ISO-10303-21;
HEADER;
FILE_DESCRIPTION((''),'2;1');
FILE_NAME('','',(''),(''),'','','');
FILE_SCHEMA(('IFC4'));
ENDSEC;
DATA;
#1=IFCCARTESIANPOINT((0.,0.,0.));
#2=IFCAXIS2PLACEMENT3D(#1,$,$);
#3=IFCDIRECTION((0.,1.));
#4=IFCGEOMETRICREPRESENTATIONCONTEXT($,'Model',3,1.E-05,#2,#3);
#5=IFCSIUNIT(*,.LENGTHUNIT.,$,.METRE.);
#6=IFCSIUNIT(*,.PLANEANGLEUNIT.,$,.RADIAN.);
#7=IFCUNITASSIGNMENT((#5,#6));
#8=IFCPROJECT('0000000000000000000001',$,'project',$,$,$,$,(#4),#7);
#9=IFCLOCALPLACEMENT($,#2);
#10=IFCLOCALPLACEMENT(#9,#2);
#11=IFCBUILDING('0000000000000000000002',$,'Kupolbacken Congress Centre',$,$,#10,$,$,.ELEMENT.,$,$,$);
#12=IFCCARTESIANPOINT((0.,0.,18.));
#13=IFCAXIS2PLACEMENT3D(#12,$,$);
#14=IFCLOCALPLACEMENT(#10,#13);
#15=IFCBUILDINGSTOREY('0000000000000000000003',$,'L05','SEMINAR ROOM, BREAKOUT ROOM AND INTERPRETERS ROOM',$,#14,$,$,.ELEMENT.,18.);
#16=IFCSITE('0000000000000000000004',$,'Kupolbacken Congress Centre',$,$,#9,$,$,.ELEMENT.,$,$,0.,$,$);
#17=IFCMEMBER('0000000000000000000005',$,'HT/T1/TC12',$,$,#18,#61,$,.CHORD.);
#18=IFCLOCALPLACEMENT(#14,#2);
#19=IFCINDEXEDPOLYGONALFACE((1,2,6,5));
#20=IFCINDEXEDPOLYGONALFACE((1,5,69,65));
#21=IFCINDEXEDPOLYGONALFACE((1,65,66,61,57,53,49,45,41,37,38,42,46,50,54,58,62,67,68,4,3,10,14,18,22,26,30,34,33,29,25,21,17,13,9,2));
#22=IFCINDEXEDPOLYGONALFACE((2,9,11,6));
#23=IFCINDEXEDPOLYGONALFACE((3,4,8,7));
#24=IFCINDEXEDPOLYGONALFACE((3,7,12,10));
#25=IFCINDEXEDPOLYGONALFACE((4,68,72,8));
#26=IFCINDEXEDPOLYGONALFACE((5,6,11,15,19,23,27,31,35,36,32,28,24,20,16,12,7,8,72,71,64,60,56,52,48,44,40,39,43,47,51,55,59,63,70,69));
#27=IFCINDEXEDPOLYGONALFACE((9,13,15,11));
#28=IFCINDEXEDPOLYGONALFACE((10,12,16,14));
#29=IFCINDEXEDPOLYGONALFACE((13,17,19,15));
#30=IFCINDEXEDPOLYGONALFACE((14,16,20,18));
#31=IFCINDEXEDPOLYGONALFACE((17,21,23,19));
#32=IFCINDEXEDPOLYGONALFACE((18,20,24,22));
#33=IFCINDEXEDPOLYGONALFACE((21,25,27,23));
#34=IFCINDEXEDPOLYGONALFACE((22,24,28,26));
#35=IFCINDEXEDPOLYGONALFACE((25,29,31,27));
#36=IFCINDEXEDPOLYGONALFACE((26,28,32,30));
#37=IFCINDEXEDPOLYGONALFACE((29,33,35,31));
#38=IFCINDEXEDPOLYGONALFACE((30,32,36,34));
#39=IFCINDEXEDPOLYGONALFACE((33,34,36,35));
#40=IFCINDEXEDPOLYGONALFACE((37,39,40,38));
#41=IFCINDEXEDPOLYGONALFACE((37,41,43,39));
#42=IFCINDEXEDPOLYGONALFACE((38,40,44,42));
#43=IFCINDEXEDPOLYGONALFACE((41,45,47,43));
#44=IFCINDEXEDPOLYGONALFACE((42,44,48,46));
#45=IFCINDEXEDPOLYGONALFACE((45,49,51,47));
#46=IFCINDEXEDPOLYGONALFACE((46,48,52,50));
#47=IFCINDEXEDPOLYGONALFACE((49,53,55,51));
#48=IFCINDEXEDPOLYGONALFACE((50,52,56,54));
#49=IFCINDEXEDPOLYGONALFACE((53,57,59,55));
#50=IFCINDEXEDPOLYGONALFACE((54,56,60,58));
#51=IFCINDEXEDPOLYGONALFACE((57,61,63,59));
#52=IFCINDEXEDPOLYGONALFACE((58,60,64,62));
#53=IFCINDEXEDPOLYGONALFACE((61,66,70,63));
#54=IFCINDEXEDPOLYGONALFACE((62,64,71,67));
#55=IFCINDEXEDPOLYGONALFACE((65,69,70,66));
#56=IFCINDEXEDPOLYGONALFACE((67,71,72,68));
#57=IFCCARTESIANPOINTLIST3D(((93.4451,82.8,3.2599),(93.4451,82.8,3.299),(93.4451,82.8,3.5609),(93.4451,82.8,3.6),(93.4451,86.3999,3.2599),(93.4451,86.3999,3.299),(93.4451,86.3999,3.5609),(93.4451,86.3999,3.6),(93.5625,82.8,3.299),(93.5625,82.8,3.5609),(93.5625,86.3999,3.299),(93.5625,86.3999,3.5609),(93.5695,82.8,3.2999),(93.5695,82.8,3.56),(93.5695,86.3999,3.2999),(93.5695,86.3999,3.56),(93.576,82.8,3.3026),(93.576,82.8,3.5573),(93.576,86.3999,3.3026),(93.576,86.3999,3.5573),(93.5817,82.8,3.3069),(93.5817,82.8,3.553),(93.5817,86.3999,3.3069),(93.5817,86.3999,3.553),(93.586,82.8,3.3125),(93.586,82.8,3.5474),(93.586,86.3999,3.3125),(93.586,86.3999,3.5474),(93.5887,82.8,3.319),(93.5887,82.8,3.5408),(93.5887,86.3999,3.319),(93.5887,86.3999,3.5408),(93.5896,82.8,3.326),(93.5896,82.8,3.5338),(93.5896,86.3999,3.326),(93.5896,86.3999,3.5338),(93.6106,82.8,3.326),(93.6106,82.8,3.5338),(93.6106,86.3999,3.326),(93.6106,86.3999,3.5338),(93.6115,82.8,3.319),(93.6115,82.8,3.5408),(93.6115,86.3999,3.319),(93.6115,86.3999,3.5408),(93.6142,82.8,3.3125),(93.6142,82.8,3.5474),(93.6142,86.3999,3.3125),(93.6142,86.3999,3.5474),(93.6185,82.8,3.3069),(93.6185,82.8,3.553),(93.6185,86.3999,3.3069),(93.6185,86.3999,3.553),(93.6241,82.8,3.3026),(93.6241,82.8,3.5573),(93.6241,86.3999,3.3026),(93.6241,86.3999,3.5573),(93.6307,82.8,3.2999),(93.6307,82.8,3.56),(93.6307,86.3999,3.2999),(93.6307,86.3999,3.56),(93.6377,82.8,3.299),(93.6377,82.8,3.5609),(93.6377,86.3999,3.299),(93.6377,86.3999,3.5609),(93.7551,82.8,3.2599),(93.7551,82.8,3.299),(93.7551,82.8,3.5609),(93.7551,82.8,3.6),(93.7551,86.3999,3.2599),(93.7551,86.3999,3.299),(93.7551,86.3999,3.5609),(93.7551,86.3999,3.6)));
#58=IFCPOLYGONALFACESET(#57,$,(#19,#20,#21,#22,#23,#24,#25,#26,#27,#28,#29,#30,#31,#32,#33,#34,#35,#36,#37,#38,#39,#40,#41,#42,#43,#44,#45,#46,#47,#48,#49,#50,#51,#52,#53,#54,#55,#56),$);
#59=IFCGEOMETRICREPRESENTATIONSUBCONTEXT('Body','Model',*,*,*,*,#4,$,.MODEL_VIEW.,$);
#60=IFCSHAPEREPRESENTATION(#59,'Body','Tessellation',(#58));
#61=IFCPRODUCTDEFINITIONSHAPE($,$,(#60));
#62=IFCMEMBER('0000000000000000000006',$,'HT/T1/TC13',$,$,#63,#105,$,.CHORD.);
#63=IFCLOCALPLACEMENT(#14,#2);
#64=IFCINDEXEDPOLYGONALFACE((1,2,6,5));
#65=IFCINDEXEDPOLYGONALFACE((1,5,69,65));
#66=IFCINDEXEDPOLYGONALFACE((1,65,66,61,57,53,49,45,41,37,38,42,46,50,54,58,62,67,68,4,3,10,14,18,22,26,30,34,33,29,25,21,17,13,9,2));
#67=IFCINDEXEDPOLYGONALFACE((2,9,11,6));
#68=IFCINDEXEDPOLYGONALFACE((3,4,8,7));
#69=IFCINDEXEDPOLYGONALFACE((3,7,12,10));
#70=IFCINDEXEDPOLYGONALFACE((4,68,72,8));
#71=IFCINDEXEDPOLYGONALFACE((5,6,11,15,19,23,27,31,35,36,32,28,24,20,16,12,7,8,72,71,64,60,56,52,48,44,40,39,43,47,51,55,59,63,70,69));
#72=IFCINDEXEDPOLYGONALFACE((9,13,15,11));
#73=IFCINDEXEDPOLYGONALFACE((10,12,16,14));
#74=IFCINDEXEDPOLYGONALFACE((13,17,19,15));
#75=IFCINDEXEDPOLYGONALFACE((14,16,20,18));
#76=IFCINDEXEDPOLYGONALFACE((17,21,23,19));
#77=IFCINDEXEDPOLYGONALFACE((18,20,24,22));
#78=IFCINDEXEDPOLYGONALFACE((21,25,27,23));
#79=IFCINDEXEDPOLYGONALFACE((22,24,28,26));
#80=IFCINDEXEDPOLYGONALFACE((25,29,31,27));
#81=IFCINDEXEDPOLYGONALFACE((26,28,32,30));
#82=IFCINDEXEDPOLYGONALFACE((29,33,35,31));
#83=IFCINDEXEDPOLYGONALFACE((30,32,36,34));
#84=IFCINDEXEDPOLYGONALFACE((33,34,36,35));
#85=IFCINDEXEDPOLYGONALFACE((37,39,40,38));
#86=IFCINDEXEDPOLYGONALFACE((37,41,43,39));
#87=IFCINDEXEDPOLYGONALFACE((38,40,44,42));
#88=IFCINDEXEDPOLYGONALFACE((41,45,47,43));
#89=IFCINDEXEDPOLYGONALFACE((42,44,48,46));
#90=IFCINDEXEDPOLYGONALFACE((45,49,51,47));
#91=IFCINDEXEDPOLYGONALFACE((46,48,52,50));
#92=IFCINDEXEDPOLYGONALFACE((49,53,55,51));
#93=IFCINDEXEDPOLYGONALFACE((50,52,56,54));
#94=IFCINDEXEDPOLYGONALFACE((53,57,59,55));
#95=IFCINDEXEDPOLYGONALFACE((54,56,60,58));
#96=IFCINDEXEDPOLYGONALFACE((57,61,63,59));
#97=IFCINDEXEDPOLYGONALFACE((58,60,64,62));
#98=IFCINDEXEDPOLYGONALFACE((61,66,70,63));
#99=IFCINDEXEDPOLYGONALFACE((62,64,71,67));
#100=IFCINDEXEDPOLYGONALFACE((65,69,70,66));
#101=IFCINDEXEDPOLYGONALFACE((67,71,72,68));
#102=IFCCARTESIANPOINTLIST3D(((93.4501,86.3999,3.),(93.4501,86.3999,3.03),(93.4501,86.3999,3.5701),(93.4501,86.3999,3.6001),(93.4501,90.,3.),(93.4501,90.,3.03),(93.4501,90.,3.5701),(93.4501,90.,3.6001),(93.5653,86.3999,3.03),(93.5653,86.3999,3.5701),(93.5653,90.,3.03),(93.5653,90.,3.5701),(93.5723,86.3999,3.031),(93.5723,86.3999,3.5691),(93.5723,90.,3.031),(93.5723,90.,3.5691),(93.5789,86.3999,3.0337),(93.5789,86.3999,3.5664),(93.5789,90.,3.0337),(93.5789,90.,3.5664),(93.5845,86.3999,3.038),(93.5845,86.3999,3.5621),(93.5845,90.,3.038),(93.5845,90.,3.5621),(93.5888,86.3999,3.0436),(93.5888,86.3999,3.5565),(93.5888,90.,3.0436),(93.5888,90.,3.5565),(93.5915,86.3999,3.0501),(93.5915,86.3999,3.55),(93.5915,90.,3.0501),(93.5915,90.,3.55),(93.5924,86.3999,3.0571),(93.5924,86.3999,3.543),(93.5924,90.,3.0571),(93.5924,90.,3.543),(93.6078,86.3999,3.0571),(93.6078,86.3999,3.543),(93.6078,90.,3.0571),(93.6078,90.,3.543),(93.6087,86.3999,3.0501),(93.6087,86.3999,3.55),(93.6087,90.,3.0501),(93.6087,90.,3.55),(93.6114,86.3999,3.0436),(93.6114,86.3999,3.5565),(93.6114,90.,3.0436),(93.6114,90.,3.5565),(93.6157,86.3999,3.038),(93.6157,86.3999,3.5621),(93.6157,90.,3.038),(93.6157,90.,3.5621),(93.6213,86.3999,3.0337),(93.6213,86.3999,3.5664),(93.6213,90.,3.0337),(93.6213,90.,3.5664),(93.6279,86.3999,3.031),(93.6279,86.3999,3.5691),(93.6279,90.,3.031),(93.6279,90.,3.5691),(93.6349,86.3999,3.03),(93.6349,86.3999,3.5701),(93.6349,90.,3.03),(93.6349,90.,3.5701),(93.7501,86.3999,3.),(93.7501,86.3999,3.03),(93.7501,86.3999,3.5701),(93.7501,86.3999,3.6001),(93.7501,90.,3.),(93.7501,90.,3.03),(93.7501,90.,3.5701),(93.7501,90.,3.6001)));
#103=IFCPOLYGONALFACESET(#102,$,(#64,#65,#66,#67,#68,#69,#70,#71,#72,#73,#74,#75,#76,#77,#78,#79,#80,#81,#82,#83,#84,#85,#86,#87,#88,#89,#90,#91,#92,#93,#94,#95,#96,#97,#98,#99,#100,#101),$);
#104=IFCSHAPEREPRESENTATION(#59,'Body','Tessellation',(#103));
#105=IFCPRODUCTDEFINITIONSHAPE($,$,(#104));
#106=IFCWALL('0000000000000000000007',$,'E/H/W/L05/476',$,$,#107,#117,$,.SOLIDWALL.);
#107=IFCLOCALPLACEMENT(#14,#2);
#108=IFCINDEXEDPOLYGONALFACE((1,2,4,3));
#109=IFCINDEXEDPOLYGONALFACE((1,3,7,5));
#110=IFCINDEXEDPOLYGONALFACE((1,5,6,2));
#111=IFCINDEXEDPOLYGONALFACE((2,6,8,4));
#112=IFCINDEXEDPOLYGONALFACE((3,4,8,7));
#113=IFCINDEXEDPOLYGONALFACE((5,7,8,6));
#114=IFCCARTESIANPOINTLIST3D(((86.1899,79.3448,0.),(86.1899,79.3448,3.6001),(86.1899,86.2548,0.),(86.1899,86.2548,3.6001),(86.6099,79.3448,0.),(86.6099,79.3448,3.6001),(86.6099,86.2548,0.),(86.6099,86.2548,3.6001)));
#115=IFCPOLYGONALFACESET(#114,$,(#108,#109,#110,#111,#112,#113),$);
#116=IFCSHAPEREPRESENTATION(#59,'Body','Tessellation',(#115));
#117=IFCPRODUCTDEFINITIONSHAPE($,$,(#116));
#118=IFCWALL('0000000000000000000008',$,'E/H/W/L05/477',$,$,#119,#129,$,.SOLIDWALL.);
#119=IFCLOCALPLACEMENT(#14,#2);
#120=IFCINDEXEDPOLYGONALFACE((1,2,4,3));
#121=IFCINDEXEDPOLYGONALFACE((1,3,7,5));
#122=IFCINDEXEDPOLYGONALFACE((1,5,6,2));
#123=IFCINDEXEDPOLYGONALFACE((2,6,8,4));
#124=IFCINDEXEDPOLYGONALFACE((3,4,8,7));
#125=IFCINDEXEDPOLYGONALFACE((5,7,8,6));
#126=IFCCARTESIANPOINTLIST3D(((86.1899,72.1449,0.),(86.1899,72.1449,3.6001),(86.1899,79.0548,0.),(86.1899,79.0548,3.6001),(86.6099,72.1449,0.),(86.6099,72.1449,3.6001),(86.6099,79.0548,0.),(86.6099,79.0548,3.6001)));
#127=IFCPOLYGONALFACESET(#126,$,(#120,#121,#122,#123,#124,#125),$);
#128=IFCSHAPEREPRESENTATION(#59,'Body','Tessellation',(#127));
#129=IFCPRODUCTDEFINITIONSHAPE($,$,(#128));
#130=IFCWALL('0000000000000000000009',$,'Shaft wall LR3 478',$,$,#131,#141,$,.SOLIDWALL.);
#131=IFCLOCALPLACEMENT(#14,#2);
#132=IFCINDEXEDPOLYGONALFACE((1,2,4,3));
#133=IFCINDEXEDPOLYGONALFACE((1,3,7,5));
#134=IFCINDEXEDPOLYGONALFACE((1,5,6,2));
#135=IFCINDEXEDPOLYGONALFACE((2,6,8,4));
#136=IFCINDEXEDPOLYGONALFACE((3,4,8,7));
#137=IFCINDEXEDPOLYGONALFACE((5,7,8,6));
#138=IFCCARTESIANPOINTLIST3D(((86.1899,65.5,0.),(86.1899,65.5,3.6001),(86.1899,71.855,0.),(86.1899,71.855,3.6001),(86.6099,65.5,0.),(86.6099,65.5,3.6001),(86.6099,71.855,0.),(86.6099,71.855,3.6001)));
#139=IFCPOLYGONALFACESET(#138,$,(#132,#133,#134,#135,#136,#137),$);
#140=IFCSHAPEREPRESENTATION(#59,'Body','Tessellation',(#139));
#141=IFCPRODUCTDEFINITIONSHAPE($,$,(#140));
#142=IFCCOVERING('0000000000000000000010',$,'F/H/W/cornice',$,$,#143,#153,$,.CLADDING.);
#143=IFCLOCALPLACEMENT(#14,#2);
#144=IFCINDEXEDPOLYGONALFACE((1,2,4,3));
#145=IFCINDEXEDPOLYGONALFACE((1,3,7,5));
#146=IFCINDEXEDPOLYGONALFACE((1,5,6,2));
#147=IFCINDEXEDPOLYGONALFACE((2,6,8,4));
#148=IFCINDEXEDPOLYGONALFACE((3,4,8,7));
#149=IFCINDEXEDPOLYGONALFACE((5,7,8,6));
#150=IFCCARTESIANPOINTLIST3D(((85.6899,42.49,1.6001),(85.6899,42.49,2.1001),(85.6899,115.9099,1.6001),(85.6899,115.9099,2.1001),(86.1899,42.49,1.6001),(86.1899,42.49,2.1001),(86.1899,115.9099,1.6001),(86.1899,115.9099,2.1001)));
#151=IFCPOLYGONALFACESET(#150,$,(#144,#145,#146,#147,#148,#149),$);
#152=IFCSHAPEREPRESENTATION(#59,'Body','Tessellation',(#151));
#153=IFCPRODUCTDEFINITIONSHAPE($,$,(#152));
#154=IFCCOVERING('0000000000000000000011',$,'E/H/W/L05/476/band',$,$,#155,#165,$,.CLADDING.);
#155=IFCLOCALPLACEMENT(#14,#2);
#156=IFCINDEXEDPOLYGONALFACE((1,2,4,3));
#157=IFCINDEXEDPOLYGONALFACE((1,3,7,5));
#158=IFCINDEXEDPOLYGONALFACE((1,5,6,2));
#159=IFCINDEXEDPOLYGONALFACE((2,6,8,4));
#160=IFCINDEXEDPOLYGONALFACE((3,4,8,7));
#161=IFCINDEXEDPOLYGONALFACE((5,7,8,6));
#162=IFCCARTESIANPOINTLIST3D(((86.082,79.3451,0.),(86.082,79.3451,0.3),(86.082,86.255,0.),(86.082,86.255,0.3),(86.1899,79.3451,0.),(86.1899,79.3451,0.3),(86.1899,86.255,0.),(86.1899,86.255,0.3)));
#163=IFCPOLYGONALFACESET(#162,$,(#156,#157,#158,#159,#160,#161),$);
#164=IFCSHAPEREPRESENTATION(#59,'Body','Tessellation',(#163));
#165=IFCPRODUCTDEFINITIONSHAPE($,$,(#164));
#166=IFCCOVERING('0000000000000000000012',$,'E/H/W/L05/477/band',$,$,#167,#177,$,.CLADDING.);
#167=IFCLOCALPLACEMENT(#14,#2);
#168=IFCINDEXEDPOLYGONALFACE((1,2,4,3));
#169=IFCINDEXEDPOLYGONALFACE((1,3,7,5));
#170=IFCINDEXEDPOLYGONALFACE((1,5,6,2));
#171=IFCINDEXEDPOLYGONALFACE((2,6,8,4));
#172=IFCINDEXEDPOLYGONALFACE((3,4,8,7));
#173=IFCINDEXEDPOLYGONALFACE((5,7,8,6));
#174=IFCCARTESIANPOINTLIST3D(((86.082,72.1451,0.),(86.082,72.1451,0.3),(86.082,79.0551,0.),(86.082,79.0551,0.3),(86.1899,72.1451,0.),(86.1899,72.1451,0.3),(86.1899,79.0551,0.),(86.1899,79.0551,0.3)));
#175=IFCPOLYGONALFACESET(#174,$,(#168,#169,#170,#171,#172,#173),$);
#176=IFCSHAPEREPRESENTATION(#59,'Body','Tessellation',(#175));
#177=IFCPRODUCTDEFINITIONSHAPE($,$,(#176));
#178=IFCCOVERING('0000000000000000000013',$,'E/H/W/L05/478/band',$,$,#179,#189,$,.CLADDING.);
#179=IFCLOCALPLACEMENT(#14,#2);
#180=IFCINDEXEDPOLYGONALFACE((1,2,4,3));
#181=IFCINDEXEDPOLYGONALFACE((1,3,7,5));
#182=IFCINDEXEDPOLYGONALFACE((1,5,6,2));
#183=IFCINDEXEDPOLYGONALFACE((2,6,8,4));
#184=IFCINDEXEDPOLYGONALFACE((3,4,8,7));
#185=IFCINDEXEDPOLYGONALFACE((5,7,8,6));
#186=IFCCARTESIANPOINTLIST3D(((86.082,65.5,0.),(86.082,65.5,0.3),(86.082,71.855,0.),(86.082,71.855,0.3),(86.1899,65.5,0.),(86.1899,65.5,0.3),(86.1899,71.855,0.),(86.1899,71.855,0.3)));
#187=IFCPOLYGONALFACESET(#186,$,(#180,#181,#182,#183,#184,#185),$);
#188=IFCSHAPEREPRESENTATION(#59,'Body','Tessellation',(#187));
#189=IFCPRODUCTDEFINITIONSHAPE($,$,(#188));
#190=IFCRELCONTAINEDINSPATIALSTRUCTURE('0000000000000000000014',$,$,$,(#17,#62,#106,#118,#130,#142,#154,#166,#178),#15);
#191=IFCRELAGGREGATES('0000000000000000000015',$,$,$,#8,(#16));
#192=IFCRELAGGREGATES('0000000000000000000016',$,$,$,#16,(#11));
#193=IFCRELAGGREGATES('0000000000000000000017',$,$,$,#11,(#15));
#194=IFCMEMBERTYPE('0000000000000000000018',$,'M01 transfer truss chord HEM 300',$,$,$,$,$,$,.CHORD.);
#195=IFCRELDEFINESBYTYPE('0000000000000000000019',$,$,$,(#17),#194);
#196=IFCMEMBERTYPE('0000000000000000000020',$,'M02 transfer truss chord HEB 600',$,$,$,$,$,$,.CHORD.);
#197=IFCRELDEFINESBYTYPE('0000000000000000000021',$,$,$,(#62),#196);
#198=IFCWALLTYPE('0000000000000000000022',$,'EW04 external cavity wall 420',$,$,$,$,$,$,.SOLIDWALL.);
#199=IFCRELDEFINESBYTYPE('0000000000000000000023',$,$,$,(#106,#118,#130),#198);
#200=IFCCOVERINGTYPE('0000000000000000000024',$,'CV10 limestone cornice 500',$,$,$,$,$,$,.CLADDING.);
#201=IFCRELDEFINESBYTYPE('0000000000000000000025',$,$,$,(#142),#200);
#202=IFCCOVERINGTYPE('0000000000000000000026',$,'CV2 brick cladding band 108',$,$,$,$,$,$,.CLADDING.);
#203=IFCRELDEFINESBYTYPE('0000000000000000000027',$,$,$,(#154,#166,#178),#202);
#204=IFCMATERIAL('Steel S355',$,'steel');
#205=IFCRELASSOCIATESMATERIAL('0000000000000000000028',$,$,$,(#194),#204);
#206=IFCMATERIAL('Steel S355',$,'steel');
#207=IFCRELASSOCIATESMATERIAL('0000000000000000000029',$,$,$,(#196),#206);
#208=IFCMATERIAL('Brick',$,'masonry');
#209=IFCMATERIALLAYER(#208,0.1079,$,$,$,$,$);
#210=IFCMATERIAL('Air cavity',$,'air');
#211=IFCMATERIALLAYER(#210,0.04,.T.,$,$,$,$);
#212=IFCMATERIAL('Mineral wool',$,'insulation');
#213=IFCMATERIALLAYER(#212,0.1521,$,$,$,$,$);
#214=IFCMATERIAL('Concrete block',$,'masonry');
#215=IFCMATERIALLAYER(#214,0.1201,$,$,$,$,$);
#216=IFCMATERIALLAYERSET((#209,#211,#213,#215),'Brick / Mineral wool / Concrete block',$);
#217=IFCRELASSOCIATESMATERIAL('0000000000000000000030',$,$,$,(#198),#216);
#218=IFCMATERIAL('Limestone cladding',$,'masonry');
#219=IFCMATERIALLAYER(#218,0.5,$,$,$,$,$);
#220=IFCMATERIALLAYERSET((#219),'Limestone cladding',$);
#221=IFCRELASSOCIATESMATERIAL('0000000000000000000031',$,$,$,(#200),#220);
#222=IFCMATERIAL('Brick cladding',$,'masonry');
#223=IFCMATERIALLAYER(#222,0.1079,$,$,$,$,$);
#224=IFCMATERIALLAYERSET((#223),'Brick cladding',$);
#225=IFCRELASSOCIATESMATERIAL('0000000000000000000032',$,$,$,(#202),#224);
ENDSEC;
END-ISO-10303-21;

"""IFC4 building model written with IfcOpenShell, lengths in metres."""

from ifc_helpers import new_model, si_unit, direction, frame, frame_2d, origin, origin_2d, place, context, subcontext, project, spatial, rectangle, i_section, extrude, material, layer, layer_set, material_profile, profile_set, type_object, element, save


model = new_model("IFC4")

# Units and contexts
model_context = context("Model", 3, precision=1e-05, world=origin(), true_north=direction((0.0, 1.0)))
body_context = subcontext(model_context, "Body", "Model", "MODEL_VIEW")
ifc_project = project(units=[si_unit("LENGTHUNIT", "METRE"), si_unit("PLANEANGLEUNIT", "RADIAN")], contexts=[model_context])

# Site, building, storey
site_placement = place(None, origin())
site = spatial("IfcSite", under=ifc_project, at=site_placement, Name="Kupolbacken Congress Centre", CompositionType="ELEMENT", RefElevation=0.0)
building_placement = place(site_placement, origin())
building = spatial("IfcBuilding", under=site, at=building_placement, Name="Kupolbacken Congress Centre", CompositionType="ELEMENT")
storey_placement = place(building_placement, frame((0.0, 0.0, 18.0)))
storey = spatial("IfcBuildingStorey", under=building, at=storey_placement, Name="L05", Description="SEMINAR ROOM, BREAKOUT ROOM AND INTERPRETERS ROOM", CompositionType="ELEMENT", Elevation=18.0)

# Members
ifc_material_1 = material(Name="Steel S355", Category="steel")
ifc_material_profile_1 = material_profile(ifc_material_1, i_section(OverallWidth=0.3101, OverallDepth=0.3401, WebThickness=0.021, FlangeThickness=0.0391, FilletRadius=0.0271, at=origin_2d()), Name="HEM 300")
ifc_profile_set_1 = profile_set([ifc_material_profile_1], Name="Steel S355")
member_type_1 = type_object("IfcMemberType", Name="M01 transfer truss chord HEM 300", PredefinedType="CHORD", material=ifc_profile_set_1)
member_1_placement = place(storey_placement, frame((93.6001, 82.8, 3.4299), z_axis=(0.0, 1.0, 0.0), x_axis=(-1.0, 0.0, 0.0)))
element("IfcMember", 1, at=member_1_placement, inside=storey, type_object=member_type_1, Name="HT/T1/TC12", PredefinedType="CHORD", context=body_context, shape_type="SweptSolid", body=[
    extrude(i_section(OverallWidth=0.3101, OverallDepth=0.3401, WebThickness=0.021, FlangeThickness=0.0391, FilletRadius=0.0271, at=origin_2d()), origin(), (0.0, 0.0, 1.0), 3.5999),
])
ifc_material_2 = material(Name="Steel S355", Category="steel")
ifc_material_profile_2 = material_profile(ifc_material_2, i_section(OverallWidth=0.3, OverallDepth=0.6001, WebThickness=0.0154, FlangeThickness=0.03, FilletRadius=0.0271, at=origin_2d()), Name="HEB 600")
ifc_profile_set_2 = profile_set([ifc_material_profile_2], Name="Steel S355")
member_type_2 = type_object("IfcMemberType", Name="M02 transfer truss chord HEB 600", PredefinedType="CHORD", material=ifc_profile_set_2)
member_2_placement = place(storey_placement, frame((93.6001, 86.3999, 3.3), z_axis=(0.0, 1.0, 0.0), x_axis=(-1.0, 0.0, 0.0)))
element("IfcMember", 2, at=member_2_placement, inside=storey, type_object=member_type_2, Name="HT/T1/TC13", PredefinedType="CHORD", context=body_context, shape_type="SweptSolid", body=[
    extrude(i_section(OverallWidth=0.3, OverallDepth=0.6001, WebThickness=0.0154, FlangeThickness=0.03, FilletRadius=0.0271, at=origin_2d()), origin(), (0.0, 0.0, 1.0), 3.6001),
])

# Walls
ifc_material_3 = material(Name="Brick", Category="masonry")
ifc_layer_1 = layer(ifc_material_3, 0.1079)
ifc_material_4 = material(Name="Air cavity", Category="air")
ifc_layer_2 = layer(ifc_material_4, 0.04, ventilated=True)
ifc_material_5 = material(Name="Mineral wool", Category="insulation")
ifc_layer_3 = layer(ifc_material_5, 0.1521)
ifc_material_6 = material(Name="Concrete block", Category="masonry")
ifc_layer_4 = layer(ifc_material_6, 0.1201)
ifc_layer_set_1 = layer_set([ifc_layer_1, ifc_layer_2, ifc_layer_3, ifc_layer_4], Name="Brick / Mineral wool / Concrete block")
wall_type = type_object("IfcWallType", Name="EW04 external cavity wall 420", PredefinedType="SOLIDWALL", material=ifc_layer_set_1)
for number, where, z_axis, x_axis, name in (
    (3, (86.3999, 86.2549, 0.0), (0.0, 0.0, 1.0), (0.0, -1.0, 0.0), "E/H/W/L05/476"),
    (4, (86.3999, 79.0549, 0.0), (0.0, 0.0, 1.0), (0.0, -1.0, 0.0), "E/H/W/L05/477"),
):
    element("IfcWall", number, at=place(storey_placement, frame(where, z_axis=z_axis, x_axis=x_axis)), inside=storey, type_object=wall_type, Name=name, PredefinedType="SOLIDWALL", context=body_context, shape_type="SweptSolid", body=[
        extrude(rectangle(XDim=6.9099, YDim=0.4199, at=frame_2d((3.4551, 0.0))), origin(), (0.0, 0.0, 1.0), 3.6001),
    ])
wall_placement = place(storey_placement, frame((86.3999, 71.855, 0.0), z_axis=(0.0, 0.0, 1.0), x_axis=(0.0, -1.0, 0.0)))
element("IfcWall", 5, at=wall_placement, inside=storey, type_object=wall_type, Name="Shaft wall LR3 478", PredefinedType="SOLIDWALL", context=body_context, shape_type="SweptSolid", body=[
    extrude(rectangle(XDim=6.355, YDim=0.4199, at=frame_2d((3.1775, 0.0))), origin(), (0.0, 0.0, 1.0), 3.6001),
])

# Coverings
ifc_material_7 = material(Name="Limestone cladding", Category="masonry")
ifc_layer_5 = layer(ifc_material_7, 0.5)
ifc_layer_set_2 = layer_set([ifc_layer_5], Name="Limestone cladding")
covering_type_1 = type_object("IfcCoveringType", Name="CV10 limestone cornice 500", PredefinedType="CLADDING", material=ifc_layer_set_2)
covering_1_placement = place(storey_placement, frame((85.9399, 79.2, 1.6001), z_axis=(0.0, 0.0, 1.0), x_axis=(0.0, 1.0, 0.0)))
element("IfcCovering", 6, at=covering_1_placement, inside=storey, type_object=covering_type_1, Name="F/H/W/cornice", PredefinedType="CLADDING", context=body_context, shape_type="SweptSolid", body=[
    extrude(rectangle(XDim=73.4199, YDim=0.5, at=origin_2d()), origin(), (0.0, 0.0, 1.0), 0.5),
])
ifc_material_8 = material(Name="Brick cladding", Category="masonry")
ifc_layer_6 = layer(ifc_material_8, 0.1079)
ifc_layer_set_3 = layer_set([ifc_layer_6], Name="Brick cladding")
covering_type_2 = type_object("IfcCoveringType", Name="CV2 brick cladding band 108", PredefinedType="CLADDING", material=ifc_layer_set_3)
for number, where, z_axis, x_axis, name in (
    (7, (86.136, 82.8, 0.0), (0.0, 0.0, 1.0), (0.0, -1.0, 0.0), "E/H/W/L05/476/band"),
    (8, (86.136, 75.6001, 0.0), (0.0, 0.0, 1.0), (0.0, -1.0, 0.0), "E/H/W/L05/477/band"),
):
    element("IfcCovering", number, at=place(storey_placement, frame(where, z_axis=z_axis, x_axis=x_axis)), inside=storey, type_object=covering_type_2, Name=name, PredefinedType="CLADDING", context=body_context, shape_type="SweptSolid", body=[
        extrude(rectangle(XDim=6.9099, YDim=0.1079, at=origin_2d()), origin(), (0.0, 0.0, 1.0), 0.3),
    ])
covering_2_placement = place(storey_placement, frame((86.136, 68.6775, 0.0), z_axis=(0.0, 0.0, 1.0), x_axis=(0.0, -1.0, 0.0)))
element("IfcCovering", 9, at=covering_2_placement, inside=storey, type_object=covering_type_2, Name="E/H/W/L05/478/band", PredefinedType="CLADDING", context=body_context, shape_type="SweptSolid", body=[
    extrude(rectangle(XDim=6.355, YDim=0.1079, at=origin_2d()), origin(), (0.0, 0.0, 1.0), 0.3),
])

save(model, "model.ifc")
